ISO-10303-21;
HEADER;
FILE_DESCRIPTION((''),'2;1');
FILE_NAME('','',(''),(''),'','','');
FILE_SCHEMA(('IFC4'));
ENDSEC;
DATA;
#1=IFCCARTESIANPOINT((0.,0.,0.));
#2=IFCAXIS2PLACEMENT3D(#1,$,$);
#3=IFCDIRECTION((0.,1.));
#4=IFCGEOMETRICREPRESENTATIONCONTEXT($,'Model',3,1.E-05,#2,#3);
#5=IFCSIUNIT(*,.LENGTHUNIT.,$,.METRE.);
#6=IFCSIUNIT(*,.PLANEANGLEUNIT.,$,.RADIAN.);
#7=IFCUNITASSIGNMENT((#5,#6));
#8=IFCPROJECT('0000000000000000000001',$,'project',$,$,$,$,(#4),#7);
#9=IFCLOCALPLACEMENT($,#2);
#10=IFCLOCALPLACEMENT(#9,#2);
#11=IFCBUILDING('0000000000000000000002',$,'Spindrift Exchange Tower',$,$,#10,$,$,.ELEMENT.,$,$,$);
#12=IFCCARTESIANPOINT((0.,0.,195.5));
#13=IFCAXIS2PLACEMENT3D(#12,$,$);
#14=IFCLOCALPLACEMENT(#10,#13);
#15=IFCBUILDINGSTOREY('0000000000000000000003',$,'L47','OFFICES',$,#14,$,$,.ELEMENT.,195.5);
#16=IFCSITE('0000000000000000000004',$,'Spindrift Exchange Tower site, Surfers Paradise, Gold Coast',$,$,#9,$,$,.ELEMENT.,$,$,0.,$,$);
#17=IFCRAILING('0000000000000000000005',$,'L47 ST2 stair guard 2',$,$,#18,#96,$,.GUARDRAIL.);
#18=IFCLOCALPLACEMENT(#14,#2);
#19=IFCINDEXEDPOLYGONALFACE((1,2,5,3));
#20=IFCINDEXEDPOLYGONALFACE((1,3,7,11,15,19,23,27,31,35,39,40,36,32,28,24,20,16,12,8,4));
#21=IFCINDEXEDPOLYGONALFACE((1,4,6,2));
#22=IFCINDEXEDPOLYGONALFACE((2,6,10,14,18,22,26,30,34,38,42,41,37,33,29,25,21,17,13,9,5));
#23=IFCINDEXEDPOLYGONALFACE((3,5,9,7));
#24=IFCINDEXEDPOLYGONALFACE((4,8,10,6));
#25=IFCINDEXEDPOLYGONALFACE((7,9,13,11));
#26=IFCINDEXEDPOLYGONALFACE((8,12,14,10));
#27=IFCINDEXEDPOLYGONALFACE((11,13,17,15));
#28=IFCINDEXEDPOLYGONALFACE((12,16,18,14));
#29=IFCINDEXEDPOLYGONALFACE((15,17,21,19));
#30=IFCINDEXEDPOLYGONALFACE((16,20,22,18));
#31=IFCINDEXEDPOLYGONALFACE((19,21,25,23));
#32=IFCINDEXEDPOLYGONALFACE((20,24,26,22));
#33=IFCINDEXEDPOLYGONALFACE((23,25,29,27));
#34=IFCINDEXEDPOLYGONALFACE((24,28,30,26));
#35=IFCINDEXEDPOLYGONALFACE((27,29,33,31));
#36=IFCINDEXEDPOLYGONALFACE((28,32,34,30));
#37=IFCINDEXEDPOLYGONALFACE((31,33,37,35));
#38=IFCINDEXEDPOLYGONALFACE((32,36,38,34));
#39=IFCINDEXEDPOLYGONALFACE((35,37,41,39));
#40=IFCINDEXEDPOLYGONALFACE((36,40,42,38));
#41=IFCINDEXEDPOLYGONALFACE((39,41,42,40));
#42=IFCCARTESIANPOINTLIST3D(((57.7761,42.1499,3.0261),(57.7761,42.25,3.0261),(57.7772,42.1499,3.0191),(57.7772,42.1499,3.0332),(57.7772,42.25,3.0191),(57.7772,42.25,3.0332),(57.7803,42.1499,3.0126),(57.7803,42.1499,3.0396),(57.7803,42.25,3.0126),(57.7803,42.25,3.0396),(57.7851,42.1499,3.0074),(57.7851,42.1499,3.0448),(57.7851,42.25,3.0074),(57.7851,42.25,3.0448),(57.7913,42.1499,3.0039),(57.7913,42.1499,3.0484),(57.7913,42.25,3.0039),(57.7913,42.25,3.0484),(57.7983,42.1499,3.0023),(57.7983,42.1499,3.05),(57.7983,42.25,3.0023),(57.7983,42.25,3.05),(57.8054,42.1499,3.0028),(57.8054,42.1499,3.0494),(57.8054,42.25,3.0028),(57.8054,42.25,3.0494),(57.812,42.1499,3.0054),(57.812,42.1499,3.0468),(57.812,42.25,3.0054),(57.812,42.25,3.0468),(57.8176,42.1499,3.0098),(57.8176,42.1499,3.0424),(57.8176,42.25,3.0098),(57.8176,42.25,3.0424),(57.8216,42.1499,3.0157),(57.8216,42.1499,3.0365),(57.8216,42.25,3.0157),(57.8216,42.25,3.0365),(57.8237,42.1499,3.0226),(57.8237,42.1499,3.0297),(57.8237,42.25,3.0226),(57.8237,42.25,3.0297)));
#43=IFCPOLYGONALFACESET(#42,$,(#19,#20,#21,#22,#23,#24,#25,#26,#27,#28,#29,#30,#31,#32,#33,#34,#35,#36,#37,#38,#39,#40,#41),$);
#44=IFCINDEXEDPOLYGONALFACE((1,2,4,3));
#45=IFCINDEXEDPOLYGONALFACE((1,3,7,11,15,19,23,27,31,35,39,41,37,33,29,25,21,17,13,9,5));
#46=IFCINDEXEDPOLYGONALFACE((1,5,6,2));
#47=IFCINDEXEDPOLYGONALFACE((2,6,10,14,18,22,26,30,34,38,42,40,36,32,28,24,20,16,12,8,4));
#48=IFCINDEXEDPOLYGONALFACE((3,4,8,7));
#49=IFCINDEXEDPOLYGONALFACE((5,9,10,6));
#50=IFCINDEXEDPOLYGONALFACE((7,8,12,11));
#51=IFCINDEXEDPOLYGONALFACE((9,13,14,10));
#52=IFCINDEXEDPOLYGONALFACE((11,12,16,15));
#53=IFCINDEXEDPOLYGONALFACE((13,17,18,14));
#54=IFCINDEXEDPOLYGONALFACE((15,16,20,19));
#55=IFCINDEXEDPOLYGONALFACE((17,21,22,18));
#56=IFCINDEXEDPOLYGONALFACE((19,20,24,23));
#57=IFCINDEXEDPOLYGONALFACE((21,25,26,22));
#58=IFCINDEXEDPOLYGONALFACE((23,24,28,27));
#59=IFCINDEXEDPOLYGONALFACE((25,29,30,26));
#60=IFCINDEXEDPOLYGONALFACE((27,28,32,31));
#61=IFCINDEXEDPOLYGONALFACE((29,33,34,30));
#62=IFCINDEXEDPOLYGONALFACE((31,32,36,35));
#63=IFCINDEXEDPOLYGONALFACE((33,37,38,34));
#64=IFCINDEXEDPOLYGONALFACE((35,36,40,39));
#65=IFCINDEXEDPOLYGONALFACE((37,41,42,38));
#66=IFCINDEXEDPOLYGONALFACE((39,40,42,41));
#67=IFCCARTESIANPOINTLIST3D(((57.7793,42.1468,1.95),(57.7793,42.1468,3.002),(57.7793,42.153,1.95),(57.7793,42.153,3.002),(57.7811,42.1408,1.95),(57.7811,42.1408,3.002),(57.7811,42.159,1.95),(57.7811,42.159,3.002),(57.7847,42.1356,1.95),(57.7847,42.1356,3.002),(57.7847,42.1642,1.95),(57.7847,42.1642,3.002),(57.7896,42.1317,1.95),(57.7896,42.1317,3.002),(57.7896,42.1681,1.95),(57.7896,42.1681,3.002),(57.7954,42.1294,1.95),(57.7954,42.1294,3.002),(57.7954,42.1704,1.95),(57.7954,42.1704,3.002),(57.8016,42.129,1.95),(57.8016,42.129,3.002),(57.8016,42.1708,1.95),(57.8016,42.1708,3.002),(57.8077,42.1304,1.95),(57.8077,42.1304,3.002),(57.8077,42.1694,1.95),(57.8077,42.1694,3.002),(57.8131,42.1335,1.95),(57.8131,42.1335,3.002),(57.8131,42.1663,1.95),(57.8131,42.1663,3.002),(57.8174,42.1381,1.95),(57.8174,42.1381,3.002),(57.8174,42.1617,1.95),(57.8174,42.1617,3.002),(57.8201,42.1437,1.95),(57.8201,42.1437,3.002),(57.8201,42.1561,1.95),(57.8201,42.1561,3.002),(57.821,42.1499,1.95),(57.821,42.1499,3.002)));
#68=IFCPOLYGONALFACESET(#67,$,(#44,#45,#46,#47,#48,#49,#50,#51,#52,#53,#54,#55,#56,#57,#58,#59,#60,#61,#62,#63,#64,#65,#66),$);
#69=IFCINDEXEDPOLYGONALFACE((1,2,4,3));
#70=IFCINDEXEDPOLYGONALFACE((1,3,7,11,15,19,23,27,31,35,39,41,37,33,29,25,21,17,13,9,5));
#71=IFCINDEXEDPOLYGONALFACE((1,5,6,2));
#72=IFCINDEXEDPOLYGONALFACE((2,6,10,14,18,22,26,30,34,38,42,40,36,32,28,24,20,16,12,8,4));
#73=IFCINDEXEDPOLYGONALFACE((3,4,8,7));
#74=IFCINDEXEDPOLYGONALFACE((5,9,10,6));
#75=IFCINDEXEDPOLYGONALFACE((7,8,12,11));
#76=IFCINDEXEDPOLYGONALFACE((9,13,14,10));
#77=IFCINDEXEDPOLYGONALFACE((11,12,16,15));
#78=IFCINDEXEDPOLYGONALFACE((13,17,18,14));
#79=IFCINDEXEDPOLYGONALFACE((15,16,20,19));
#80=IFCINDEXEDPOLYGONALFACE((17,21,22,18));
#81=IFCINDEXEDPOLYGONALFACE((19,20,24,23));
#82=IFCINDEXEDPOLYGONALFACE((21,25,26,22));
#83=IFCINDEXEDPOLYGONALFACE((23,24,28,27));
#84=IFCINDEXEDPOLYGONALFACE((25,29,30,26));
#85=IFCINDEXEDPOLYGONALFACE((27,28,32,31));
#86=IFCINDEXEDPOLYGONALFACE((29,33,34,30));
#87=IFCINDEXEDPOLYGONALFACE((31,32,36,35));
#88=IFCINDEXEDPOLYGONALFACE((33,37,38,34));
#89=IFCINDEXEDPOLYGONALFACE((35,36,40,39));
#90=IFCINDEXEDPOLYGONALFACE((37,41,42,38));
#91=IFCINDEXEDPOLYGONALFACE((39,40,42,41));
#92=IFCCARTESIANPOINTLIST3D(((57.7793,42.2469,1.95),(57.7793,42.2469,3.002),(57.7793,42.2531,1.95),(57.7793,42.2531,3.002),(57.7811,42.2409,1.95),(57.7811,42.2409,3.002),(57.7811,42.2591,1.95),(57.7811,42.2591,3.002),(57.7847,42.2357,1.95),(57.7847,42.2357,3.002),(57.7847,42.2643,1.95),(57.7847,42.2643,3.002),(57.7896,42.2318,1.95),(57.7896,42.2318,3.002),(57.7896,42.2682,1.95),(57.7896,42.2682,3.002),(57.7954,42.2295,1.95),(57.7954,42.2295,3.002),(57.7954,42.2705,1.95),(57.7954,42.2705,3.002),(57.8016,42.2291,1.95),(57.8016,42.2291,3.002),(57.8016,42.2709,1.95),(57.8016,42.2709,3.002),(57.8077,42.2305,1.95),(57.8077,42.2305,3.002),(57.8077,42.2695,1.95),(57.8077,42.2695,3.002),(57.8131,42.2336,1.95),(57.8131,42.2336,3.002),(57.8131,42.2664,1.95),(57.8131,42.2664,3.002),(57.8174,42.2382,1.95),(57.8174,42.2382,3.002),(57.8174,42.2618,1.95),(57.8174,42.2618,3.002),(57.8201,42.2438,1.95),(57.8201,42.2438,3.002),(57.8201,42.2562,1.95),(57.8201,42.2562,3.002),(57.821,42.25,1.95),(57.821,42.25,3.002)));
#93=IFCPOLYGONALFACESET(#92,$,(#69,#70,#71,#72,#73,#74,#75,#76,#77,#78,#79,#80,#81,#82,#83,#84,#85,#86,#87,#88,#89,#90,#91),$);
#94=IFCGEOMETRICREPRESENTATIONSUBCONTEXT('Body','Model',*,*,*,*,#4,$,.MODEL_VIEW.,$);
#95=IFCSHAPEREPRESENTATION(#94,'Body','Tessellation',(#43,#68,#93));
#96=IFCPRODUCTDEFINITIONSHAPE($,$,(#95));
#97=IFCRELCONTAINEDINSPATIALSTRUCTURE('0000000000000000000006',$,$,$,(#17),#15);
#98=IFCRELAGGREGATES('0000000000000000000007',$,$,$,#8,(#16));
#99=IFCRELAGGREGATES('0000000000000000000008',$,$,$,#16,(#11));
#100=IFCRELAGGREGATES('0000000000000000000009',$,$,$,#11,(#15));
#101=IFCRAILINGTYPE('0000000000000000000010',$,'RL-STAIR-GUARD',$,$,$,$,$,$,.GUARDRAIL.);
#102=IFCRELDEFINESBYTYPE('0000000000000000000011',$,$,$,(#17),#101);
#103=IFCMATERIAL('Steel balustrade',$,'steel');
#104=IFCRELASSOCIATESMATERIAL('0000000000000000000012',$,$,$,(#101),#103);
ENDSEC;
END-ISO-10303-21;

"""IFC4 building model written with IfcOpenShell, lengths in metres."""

from ifc_helpers import new_model, si_unit, direction, frame, origin, origin_2d, place, context, subcontext, project, spatial, circle, extrude, material, type_object, element, save


model = new_model("IFC4")

# Units and contexts
model_context = context("Model", 3, precision=1e-05, world=origin(), true_north=direction((0.0, 1.0)))
body_context = subcontext(model_context, "Body", "Model", "MODEL_VIEW")
ifc_project = project(units=[si_unit("LENGTHUNIT", "METRE"), si_unit("PLANEANGLEUNIT", "RADIAN")], contexts=[model_context])

# Site, building, storey
site_placement = place(None, origin())
site = spatial("IfcSite", under=ifc_project, at=site_placement, Name="Spindrift Exchange Tower site, Surfers Paradise, Gold Coast", CompositionType="ELEMENT", RefElevation=0.0)
building_placement = place(site_placement, origin())
building = spatial("IfcBuilding", under=site, at=building_placement, Name="Spindrift Exchange Tower", CompositionType="ELEMENT")
storey_placement = place(building_placement, frame((0.0, 0.0, 195.5)))
storey = spatial("IfcBuildingStorey", under=building, at=storey_placement, Name="L47", Description="OFFICES", CompositionType="ELEMENT", Elevation=195.5)

# Railing
ifc_material_1 = material(Name="Steel balustrade", Category="steel")
railing_type_1 = type_object("IfcRailingType", Name="RL-STAIR-GUARD", PredefinedType="GUARDRAIL", material=ifc_material_1)
railing_1_placement = place(storey_placement, frame((57.8, 42.1499, 1.95)))
element("IfcRailing", 1, at=railing_1_placement, inside=storey, type_object=railing_type_1, Name="L47 ST2 stair guard 2", PredefinedType="GUARDRAIL", context=body_context, shape_type="SweptSolid", body=[
    extrude(circle(Radius=0.0239, at=origin_2d()), frame((0.0, 0.0, 1.0762), z_axis=(0.0, 1.0, 0.0), x_axis=(-1.0, 0.0, 0.0)), (0.0, 0.0, 1.0), 0.1001),
    extrude(circle(Radius=0.021, at=origin_2d()), origin(), (0.0, 0.0, 1.0), 1.052),
    extrude(circle(Radius=0.021, at=origin_2d()), frame((0.0, 0.1001, 0.0)), (0.0, 0.0, 1.0), 1.052),
])

save(model, "model.ifc")
